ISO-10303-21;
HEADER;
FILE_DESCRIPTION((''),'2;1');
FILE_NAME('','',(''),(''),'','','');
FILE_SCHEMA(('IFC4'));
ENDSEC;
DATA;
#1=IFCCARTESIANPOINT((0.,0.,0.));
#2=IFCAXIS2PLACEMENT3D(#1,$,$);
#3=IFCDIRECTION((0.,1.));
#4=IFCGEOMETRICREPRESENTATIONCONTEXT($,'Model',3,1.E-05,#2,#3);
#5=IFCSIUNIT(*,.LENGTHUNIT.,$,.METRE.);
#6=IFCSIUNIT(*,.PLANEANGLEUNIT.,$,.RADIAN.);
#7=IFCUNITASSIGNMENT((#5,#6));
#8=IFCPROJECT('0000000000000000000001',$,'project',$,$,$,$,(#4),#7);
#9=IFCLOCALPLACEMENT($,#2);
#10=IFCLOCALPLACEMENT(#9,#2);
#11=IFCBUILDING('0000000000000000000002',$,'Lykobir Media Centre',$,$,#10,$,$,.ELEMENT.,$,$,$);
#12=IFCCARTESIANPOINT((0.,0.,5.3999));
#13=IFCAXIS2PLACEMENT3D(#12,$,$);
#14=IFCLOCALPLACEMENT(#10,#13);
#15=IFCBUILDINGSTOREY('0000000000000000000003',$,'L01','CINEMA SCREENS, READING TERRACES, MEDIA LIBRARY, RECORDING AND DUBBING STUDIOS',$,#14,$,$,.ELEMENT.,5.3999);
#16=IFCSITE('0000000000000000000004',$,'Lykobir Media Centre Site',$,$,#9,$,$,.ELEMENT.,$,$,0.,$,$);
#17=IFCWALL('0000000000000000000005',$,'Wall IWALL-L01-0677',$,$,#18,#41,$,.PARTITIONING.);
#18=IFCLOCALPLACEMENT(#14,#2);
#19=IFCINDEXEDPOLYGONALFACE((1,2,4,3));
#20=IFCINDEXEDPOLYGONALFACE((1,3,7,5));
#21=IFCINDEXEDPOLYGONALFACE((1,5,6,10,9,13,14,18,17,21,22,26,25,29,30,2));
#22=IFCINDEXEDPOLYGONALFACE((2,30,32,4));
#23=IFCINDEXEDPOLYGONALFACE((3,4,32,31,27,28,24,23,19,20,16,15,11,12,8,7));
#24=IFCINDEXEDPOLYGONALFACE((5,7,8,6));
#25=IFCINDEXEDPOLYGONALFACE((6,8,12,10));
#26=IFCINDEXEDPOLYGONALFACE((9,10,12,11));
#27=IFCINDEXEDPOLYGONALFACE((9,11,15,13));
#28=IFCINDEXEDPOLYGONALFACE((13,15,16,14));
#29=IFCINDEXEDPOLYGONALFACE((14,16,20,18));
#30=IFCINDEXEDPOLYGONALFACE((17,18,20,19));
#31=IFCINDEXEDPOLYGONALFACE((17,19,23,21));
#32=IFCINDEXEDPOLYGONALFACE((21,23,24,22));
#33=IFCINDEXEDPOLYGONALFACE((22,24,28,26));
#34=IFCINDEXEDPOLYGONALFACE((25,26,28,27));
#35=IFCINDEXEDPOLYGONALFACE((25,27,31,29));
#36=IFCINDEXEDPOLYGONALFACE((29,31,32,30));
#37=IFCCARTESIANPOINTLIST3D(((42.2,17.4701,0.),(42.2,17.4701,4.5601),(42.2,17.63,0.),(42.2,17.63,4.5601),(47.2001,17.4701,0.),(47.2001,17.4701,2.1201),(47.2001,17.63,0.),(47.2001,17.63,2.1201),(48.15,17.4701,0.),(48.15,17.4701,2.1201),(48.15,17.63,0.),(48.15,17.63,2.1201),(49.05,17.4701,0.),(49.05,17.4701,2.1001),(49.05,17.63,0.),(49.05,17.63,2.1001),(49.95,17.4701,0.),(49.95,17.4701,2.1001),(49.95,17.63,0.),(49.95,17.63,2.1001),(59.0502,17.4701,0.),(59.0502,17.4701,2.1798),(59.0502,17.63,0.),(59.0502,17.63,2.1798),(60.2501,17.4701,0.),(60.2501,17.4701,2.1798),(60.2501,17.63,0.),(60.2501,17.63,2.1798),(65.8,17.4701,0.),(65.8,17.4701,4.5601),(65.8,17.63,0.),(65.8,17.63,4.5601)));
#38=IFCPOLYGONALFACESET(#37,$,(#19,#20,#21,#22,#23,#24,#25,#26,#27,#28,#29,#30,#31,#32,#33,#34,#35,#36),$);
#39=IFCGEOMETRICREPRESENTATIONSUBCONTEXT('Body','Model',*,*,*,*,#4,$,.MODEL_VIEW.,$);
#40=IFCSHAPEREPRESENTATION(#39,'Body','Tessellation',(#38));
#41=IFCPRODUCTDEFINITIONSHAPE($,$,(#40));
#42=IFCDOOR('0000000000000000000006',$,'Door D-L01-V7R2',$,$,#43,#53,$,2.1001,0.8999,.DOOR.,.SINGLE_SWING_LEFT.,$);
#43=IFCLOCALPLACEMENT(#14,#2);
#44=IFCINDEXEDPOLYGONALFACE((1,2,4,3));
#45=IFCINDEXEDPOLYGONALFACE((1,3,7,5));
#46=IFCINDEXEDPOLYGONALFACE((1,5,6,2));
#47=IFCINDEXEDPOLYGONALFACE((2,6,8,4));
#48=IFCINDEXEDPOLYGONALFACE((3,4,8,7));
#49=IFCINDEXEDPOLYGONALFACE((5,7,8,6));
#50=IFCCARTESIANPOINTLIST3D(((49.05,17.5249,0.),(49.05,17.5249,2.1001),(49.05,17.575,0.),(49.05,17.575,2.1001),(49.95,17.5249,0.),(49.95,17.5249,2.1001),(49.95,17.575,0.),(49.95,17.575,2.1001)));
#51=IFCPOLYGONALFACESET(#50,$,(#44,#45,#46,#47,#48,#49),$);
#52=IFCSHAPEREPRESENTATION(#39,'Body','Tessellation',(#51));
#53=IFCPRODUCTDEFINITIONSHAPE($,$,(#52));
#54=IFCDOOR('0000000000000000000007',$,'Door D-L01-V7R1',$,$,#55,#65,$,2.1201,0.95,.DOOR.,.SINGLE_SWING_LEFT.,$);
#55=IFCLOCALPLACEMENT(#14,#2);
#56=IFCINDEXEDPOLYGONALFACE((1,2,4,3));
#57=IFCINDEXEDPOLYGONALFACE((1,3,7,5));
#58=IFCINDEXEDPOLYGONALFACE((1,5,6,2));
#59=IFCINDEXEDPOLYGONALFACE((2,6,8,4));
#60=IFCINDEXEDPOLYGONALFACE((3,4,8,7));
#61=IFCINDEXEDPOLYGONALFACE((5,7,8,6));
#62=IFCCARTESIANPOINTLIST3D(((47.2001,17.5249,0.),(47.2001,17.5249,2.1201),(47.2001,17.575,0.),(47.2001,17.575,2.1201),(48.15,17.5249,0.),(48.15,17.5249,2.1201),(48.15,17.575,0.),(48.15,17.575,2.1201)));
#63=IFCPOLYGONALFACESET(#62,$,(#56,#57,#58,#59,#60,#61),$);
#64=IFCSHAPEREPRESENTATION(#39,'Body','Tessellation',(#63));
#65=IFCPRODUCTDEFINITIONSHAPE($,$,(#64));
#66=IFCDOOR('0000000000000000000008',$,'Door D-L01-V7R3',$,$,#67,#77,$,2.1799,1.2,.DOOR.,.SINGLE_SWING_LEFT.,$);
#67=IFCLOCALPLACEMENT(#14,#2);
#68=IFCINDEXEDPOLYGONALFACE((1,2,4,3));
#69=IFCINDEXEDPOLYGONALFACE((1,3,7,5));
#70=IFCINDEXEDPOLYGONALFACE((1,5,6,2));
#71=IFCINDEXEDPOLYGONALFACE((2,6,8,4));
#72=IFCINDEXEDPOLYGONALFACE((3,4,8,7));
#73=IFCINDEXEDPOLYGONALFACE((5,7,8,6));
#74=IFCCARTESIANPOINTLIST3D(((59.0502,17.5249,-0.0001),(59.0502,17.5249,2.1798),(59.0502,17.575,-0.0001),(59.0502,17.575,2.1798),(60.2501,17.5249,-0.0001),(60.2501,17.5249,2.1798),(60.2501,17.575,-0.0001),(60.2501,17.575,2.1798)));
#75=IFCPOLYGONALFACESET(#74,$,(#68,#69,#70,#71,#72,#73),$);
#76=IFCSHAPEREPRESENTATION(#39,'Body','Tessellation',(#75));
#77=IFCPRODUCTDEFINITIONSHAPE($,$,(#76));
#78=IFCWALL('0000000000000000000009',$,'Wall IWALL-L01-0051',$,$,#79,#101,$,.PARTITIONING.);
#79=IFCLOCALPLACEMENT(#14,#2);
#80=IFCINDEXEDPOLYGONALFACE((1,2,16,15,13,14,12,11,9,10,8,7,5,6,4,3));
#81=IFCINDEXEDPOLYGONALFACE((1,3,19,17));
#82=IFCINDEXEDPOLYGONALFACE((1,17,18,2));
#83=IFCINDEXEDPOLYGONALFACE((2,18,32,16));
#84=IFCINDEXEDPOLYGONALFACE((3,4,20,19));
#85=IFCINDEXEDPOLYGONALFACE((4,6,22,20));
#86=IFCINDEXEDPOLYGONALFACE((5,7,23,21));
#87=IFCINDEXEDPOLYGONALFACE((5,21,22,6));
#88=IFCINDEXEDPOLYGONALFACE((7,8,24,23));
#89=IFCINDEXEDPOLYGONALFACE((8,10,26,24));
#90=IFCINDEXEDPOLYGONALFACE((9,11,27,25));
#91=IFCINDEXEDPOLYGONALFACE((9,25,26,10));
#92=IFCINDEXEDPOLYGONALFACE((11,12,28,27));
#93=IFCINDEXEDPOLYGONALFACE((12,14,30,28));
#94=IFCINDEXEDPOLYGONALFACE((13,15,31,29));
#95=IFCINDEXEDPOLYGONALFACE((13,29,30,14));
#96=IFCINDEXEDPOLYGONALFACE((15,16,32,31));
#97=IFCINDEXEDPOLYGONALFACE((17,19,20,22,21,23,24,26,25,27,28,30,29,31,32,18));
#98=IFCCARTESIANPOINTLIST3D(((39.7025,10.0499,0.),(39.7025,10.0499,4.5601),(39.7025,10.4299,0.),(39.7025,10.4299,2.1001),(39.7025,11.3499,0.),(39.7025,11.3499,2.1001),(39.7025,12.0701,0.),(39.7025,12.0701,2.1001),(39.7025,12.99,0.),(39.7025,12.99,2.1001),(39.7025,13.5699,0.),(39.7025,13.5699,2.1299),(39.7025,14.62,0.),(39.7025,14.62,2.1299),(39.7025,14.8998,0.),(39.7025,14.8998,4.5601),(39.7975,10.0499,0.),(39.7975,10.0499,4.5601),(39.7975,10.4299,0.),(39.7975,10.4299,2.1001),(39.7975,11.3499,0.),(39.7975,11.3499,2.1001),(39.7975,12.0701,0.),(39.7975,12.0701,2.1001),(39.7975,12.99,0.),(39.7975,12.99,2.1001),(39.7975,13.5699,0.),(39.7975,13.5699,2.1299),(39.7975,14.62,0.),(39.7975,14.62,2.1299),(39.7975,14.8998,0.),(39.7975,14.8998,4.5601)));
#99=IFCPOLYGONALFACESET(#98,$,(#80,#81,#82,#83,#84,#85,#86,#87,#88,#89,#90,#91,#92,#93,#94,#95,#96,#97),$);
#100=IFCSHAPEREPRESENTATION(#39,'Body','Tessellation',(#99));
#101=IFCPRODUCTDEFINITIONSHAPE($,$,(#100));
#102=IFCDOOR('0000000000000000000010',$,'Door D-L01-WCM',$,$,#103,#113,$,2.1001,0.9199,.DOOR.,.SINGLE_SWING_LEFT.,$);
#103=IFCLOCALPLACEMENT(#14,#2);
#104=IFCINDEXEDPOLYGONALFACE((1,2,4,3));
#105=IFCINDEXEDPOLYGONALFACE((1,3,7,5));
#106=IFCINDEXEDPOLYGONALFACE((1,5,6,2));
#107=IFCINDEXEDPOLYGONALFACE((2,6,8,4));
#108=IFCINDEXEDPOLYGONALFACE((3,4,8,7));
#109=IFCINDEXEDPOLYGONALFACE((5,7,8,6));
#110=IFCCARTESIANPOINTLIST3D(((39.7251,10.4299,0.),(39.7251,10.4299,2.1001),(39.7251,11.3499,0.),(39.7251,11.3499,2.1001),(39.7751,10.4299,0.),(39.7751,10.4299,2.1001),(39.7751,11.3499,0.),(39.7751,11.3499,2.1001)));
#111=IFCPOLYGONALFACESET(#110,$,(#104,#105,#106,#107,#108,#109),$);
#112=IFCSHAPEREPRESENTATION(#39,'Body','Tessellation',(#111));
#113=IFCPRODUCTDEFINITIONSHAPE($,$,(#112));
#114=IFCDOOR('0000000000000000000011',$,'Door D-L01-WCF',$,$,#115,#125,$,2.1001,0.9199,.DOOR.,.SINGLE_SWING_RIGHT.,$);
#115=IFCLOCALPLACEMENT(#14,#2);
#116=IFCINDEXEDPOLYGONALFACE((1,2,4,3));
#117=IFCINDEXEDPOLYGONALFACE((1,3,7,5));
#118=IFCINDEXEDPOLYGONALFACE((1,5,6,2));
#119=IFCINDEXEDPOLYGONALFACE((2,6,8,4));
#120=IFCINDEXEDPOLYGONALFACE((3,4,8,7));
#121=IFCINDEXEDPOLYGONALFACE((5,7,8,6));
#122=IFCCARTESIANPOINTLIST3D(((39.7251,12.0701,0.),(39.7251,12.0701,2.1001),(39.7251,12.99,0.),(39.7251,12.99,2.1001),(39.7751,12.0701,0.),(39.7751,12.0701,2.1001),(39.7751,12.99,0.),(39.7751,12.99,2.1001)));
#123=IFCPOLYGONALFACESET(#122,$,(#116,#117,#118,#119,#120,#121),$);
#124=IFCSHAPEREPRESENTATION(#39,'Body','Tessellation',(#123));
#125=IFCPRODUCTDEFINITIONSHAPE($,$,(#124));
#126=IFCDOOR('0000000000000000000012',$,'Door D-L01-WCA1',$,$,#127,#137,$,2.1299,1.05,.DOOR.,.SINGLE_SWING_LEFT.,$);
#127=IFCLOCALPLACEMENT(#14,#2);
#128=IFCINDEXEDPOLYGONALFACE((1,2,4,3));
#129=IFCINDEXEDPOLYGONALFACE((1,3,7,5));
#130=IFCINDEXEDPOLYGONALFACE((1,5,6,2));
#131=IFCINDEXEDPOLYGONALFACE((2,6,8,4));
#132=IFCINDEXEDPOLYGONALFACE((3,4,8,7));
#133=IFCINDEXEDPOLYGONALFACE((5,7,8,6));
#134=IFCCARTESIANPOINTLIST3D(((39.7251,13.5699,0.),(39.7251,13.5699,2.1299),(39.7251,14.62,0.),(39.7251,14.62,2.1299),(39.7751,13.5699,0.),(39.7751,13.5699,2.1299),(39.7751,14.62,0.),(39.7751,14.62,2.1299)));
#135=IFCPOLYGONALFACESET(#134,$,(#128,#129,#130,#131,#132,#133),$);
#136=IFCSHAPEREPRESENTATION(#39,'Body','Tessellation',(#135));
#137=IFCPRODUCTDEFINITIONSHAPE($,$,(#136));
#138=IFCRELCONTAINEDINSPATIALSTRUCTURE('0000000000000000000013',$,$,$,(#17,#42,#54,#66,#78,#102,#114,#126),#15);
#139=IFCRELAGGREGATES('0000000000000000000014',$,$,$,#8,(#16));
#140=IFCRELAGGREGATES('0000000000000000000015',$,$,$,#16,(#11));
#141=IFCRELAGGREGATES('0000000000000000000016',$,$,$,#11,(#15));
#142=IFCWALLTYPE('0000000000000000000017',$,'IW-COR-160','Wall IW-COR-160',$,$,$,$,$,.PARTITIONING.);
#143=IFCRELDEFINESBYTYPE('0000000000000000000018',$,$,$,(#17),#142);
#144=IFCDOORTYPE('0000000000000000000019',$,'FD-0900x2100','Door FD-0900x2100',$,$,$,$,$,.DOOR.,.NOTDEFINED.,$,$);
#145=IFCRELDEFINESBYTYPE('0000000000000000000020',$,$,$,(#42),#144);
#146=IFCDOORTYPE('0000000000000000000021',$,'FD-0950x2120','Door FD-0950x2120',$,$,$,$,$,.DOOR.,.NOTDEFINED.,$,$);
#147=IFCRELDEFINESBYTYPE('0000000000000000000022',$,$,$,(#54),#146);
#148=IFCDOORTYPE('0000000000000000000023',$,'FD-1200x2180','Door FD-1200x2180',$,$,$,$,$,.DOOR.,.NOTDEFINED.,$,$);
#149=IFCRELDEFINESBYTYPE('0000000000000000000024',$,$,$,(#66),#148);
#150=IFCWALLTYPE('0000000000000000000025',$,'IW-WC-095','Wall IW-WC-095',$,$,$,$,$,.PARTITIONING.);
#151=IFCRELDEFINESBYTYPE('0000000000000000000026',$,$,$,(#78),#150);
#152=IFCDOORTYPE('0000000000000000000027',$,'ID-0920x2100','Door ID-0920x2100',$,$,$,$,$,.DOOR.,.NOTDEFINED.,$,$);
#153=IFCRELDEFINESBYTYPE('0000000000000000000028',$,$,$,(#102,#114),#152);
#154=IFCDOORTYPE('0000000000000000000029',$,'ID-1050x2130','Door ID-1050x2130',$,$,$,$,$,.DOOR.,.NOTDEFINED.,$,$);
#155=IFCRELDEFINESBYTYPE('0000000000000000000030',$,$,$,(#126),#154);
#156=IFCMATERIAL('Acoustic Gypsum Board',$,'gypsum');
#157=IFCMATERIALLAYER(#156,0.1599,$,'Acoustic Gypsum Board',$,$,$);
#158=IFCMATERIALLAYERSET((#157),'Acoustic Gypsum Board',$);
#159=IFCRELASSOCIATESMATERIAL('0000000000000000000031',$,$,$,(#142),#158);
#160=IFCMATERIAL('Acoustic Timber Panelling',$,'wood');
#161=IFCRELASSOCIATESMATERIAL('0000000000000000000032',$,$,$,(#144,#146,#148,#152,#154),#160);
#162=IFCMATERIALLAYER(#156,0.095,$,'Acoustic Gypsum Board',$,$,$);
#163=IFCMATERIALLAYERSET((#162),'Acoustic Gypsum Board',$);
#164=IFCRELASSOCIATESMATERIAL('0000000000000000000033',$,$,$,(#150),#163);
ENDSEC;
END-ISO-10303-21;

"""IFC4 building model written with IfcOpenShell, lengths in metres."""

from ifc_helpers import new_model, si_unit, direction, frame, frame_2d, origin, place, context, subcontext, project, spatial, rectangle, extrude, material, layer, layer_set, type_object, element, fill, save


model = new_model("IFC4")

# Units and contexts
model_context = context("Model", 3, precision=1e-05, world=origin(), true_north=direction((0.0, 1.0)))
body_context = subcontext(model_context, "Body", "Model", "MODEL_VIEW")
ifc_project = project(units=[si_unit("LENGTHUNIT", "METRE"), si_unit("PLANEANGLEUNIT", "RADIAN")], contexts=[model_context])

# Site, building, storey
site_placement = place(None, origin())
site = spatial("IfcSite", under=ifc_project, at=site_placement, Name="Lykobir Media Centre Site", CompositionType="ELEMENT", RefElevation=0.0)
building_placement = place(site_placement, origin())
building = spatial("IfcBuilding", under=site, at=building_placement, Name="Lykobir Media Centre", CompositionType="ELEMENT")
storey_placement = place(building_placement, frame((0.0, 0.0, 5.3999)))
storey = spatial("IfcBuildingStorey", under=building, at=storey_placement, Name="L01", Description="CINEMA SCREENS, READING TERRACES, MEDIA LIBRARY, RECORDING AND DUBBING STUDIOS", CompositionType="ELEMENT", Elevation=5.3999)

# Walls, openings, doors
ifc_material_1 = material(Name="Acoustic Gypsum Board", Category="gypsum")
ifc_layer_1 = layer(ifc_material_1, 0.1599, Name="Acoustic Gypsum Board")
ifc_layer_set_1 = layer_set([ifc_layer_1], Name="Acoustic Gypsum Board")
wall_type_1 = type_object("IfcWallType", Name="IW-COR-160", Description="Wall IW-COR-160", PredefinedType="PARTITIONING", material=ifc_layer_set_1)
wall_1_placement = place(storey_placement, frame((42.2, 17.55, 0.0), z_axis=(0.0, 0.0, 1.0), x_axis=(1.0, 0.0, 0.0)))
wall_1 = element("IfcWall", 1, at=wall_1_placement, inside=storey, type_object=wall_type_1, Name="Wall IWALL-L01-0677", PredefinedType="PARTITIONING", context=body_context, shape_type="SweptSolid", body=[
    extrude(rectangle(XDim=23.6001, YDim=0.1599, at=frame_2d((11.8, 0.0))), origin(), (0.0, 0.0, 1.0), 4.5601),
])
opening_1_placement = place(wall_1_placement, frame((5.0, 0.0, 0.0)))
opening_1 = element("IfcOpeningElement", 2, at=opening_1_placement, cuts=wall_1, PredefinedType="OPENING", context=body_context, shape_type="SweptSolid", body=[
    extrude(rectangle(XDim=0.95, YDim=2.1201, at=frame_2d((0.4751, 1.0601))), frame((0.0, 0.0898, 0.0), z_axis=(0.0, -1.0, 0.0), x_axis=(1.0, 0.0, 0.0)), (0.0, 0.0, 1.0), 0.1799),
])
opening_2_placement = place(wall_1_placement, frame((6.8501, 0.0, 0.0)))
opening_2 = element("IfcOpeningElement", 3, at=opening_2_placement, cuts=wall_1, PredefinedType="OPENING", context=body_context, shape_type="SweptSolid", body=[
    extrude(rectangle(XDim=0.8999, YDim=2.1001, at=frame_2d((0.45, 1.05))), frame((0.0, 0.0898, 0.0), z_axis=(0.0, -1.0, 0.0), x_axis=(1.0, 0.0, 0.0)), (0.0, 0.0, 1.0), 0.1799),
])
opening_3_placement = place(wall_1_placement, frame((16.8501, 0.0, 0.0)))
opening_3 = element("IfcOpeningElement", 4, at=opening_3_placement, cuts=wall_1, PredefinedType="OPENING", context=body_context, shape_type="SweptSolid", body=[
    extrude(rectangle(XDim=1.2, YDim=2.1799, at=frame_2d((0.6001, 1.0898))), frame((0.0, 0.0898, 0.0), z_axis=(0.0, -1.0, 0.0), x_axis=(1.0, 0.0, 0.0)), (0.0, 0.0, 1.0), 0.1799),
])
ifc_material_2 = material(Name="Acoustic Timber Panelling", Category="wood")
door_type_1 = type_object("IfcDoorType", Name="FD-0900x2100", Description="Door FD-0900x2100", OperationType="NOTDEFINED", PredefinedType="DOOR", material=ifc_material_2)
door_1_placement = place(opening_2_placement, origin())
door_1 = element("IfcDoor", 5, at=door_1_placement, inside=storey, type_object=door_type_1, Name="Door D-L01-V7R2", OperationType="SINGLE_SWING_LEFT", OverallHeight=2.1001, OverallWidth=0.8999, PredefinedType="DOOR", context=body_context, shape_type="SweptSolid", body=[
    extrude(rectangle(XDim=0.8999, YDim=2.1001, at=frame_2d((0.45, 1.05))), frame((0.0, 0.0249, 0.0), z_axis=(0.0, -1.0, 0.0), x_axis=(1.0, 0.0, 0.0)), (0.0, 0.0, 1.0), 0.05),
])
fill(opening_2, door_1)
door_type_2 = type_object("IfcDoorType", Name="FD-0950x2120", Description="Door FD-0950x2120", OperationType="NOTDEFINED", PredefinedType="DOOR", material=ifc_material_2)
door_2_placement = place(opening_1_placement, origin())
door_2 = element("IfcDoor", 6, at=door_2_placement, inside=storey, type_object=door_type_2, Name="Door D-L01-V7R1", OperationType="SINGLE_SWING_LEFT", OverallHeight=2.1201, OverallWidth=0.95, PredefinedType="DOOR", context=body_context, shape_type="SweptSolid", body=[
    extrude(rectangle(XDim=0.95, YDim=2.1201, at=frame_2d((0.4751, 1.0601))), frame((0.0, 0.0249, 0.0), z_axis=(0.0, -1.0, 0.0), x_axis=(1.0, 0.0, 0.0)), (0.0, 0.0, 1.0), 0.05),
])
fill(opening_1, door_2)
door_type_3 = type_object("IfcDoorType", Name="FD-1200x2180", Description="Door FD-1200x2180", OperationType="NOTDEFINED", PredefinedType="DOOR", material=ifc_material_2)
door_3_placement = place(opening_3_placement, origin())
door_3 = element("IfcDoor", 7, at=door_3_placement, inside=storey, type_object=door_type_3, Name="Door D-L01-V7R3", OperationType="SINGLE_SWING_LEFT", OverallHeight=2.1799, OverallWidth=1.2, PredefinedType="DOOR", context=body_context, shape_type="SweptSolid", body=[
    extrude(rectangle(XDim=1.2, YDim=2.1799, at=frame_2d((0.6001, 1.0898))), frame((0.0, 0.0249, 0.0), z_axis=(0.0, -1.0, 0.0), x_axis=(1.0, 0.0, 0.0)), (0.0, 0.0, 1.0), 0.05),
])
fill(opening_3, door_3)
ifc_layer_2 = layer(ifc_material_1, 0.095, Name="Acoustic Gypsum Board")
ifc_layer_set_2 = layer_set([ifc_layer_2], Name="Acoustic Gypsum Board")
wall_type_2 = type_object("IfcWallType", Name="IW-WC-095", Description="Wall IW-WC-095", PredefinedType="PARTITIONING", material=ifc_layer_set_2)
wall_2_placement = place(storey_placement, frame((39.75, 10.05, 0.0), z_axis=(0.0, 0.0, 1.0), x_axis=(0.0, 1.0, 0.0)))
wall_2 = element("IfcWall", 8, at=wall_2_placement, inside=storey, type_object=wall_type_2, Name="Wall IWALL-L01-0051", PredefinedType="PARTITIONING", context=body_context, shape_type="SweptSolid", body=[
    extrude(rectangle(XDim=4.8499, YDim=0.095, at=frame_2d((2.4248, 0.0))), origin(), (0.0, 0.0, 1.0), 4.5601),
])
opening_4_placement = place(wall_2_placement, frame((0.3799, 0.0, 0.0)))
opening_4 = element("IfcOpeningElement", 9, at=opening_4_placement, cuts=wall_2, PredefinedType="OPENING", context=body_context, shape_type="SweptSolid", body=[
    extrude(rectangle(XDim=0.9199, YDim=2.1001, at=frame_2d((0.46, 1.05))), frame((0.0, 0.0574, 0.0), z_axis=(0.0, -1.0, 0.0), x_axis=(1.0, 0.0, 0.0)), (0.0, 0.0, 1.0), 0.115),
])
opening_5_placement = place(wall_2_placement, frame((2.02, 0.0, 0.0)))
opening_5 = element("IfcOpeningElement", 10, at=opening_5_placement, cuts=wall_2, PredefinedType="OPENING", context=body_context, shape_type="SweptSolid", body=[
    extrude(rectangle(XDim=0.9199, YDim=2.1001, at=frame_2d((0.46, 1.05))), frame((0.0, 0.0574, 0.0), z_axis=(0.0, -1.0, 0.0), x_axis=(1.0, 0.0, 0.0)), (0.0, 0.0, 1.0), 0.115),
])
opening_6_placement = place(wall_2_placement, frame((3.52, 0.0, 0.0)))
opening_6 = element("IfcOpeningElement", 11, at=opening_6_placement, cuts=wall_2, PredefinedType="OPENING", context=body_context, shape_type="SweptSolid", body=[
    extrude(rectangle(XDim=1.05, YDim=2.1299, at=frame_2d((0.5249, 1.0649))), frame((0.0, 0.0574, 0.0), z_axis=(0.0, -1.0, 0.0), x_axis=(1.0, 0.0, 0.0)), (0.0, 0.0, 1.0), 0.115),
])
door_type_4 = type_object("IfcDoorType", Name="ID-0920x2100", Description="Door ID-0920x2100", OperationType="NOTDEFINED", PredefinedType="DOOR", material=ifc_material_2)
door_4_placement = place(opening_4_placement, origin())
door_4 = element("IfcDoor", 12, at=door_4_placement, inside=storey, type_object=door_type_4, Name="Door D-L01-WCM", OperationType="SINGLE_SWING_LEFT", OverallHeight=2.1001, OverallWidth=0.9199, PredefinedType="DOOR", context=body_context, shape_type="SweptSolid", body=[
    extrude(rectangle(XDim=0.9199, YDim=2.1001, at=frame_2d((0.46, 1.05))), frame((0.0, 0.0249, 0.0), z_axis=(0.0, -1.0, 0.0), x_axis=(1.0, 0.0, 0.0)), (0.0, 0.0, 1.0), 0.05),
])
fill(opening_4, door_4)
door_5_placement = place(opening_5_placement, origin())
door_5 = element("IfcDoor", 13, at=door_5_placement, inside=storey, type_object=door_type_4, Name="Door D-L01-WCF", OperationType="SINGLE_SWING_RIGHT", OverallHeight=2.1001, OverallWidth=0.9199, PredefinedType="DOOR", context=body_context, shape_type="SweptSolid", body=[
    extrude(rectangle(XDim=0.9199, YDim=2.1001, at=frame_2d((0.46, 1.05))), frame((0.0, 0.0249, 0.0), z_axis=(0.0, -1.0, 0.0), x_axis=(1.0, 0.0, 0.0)), (0.0, 0.0, 1.0), 0.05),
])
fill(opening_5, door_5)
door_type_5 = type_object("IfcDoorType", Name="ID-1050x2130", Description="Door ID-1050x2130", OperationType="NOTDEFINED", PredefinedType="DOOR", material=ifc_material_2)
door_6_placement = place(opening_6_placement, origin())
door_6 = element("IfcDoor", 14, at=door_6_placement, inside=storey, type_object=door_type_5, Name="Door D-L01-WCA1", OperationType="SINGLE_SWING_LEFT", OverallHeight=2.1299, OverallWidth=1.05, PredefinedType="DOOR", context=body_context, shape_type="SweptSolid", body=[
    extrude(rectangle(XDim=1.05, YDim=2.1299, at=frame_2d((0.5249, 1.0649))), frame((0.0, 0.0249, 0.0), z_axis=(0.0, -1.0, 0.0), x_axis=(1.0, 0.0, 0.0)), (0.0, 0.0, 1.0), 0.05),
])
fill(opening_6, door_6)

save(model, "model.ifc")
